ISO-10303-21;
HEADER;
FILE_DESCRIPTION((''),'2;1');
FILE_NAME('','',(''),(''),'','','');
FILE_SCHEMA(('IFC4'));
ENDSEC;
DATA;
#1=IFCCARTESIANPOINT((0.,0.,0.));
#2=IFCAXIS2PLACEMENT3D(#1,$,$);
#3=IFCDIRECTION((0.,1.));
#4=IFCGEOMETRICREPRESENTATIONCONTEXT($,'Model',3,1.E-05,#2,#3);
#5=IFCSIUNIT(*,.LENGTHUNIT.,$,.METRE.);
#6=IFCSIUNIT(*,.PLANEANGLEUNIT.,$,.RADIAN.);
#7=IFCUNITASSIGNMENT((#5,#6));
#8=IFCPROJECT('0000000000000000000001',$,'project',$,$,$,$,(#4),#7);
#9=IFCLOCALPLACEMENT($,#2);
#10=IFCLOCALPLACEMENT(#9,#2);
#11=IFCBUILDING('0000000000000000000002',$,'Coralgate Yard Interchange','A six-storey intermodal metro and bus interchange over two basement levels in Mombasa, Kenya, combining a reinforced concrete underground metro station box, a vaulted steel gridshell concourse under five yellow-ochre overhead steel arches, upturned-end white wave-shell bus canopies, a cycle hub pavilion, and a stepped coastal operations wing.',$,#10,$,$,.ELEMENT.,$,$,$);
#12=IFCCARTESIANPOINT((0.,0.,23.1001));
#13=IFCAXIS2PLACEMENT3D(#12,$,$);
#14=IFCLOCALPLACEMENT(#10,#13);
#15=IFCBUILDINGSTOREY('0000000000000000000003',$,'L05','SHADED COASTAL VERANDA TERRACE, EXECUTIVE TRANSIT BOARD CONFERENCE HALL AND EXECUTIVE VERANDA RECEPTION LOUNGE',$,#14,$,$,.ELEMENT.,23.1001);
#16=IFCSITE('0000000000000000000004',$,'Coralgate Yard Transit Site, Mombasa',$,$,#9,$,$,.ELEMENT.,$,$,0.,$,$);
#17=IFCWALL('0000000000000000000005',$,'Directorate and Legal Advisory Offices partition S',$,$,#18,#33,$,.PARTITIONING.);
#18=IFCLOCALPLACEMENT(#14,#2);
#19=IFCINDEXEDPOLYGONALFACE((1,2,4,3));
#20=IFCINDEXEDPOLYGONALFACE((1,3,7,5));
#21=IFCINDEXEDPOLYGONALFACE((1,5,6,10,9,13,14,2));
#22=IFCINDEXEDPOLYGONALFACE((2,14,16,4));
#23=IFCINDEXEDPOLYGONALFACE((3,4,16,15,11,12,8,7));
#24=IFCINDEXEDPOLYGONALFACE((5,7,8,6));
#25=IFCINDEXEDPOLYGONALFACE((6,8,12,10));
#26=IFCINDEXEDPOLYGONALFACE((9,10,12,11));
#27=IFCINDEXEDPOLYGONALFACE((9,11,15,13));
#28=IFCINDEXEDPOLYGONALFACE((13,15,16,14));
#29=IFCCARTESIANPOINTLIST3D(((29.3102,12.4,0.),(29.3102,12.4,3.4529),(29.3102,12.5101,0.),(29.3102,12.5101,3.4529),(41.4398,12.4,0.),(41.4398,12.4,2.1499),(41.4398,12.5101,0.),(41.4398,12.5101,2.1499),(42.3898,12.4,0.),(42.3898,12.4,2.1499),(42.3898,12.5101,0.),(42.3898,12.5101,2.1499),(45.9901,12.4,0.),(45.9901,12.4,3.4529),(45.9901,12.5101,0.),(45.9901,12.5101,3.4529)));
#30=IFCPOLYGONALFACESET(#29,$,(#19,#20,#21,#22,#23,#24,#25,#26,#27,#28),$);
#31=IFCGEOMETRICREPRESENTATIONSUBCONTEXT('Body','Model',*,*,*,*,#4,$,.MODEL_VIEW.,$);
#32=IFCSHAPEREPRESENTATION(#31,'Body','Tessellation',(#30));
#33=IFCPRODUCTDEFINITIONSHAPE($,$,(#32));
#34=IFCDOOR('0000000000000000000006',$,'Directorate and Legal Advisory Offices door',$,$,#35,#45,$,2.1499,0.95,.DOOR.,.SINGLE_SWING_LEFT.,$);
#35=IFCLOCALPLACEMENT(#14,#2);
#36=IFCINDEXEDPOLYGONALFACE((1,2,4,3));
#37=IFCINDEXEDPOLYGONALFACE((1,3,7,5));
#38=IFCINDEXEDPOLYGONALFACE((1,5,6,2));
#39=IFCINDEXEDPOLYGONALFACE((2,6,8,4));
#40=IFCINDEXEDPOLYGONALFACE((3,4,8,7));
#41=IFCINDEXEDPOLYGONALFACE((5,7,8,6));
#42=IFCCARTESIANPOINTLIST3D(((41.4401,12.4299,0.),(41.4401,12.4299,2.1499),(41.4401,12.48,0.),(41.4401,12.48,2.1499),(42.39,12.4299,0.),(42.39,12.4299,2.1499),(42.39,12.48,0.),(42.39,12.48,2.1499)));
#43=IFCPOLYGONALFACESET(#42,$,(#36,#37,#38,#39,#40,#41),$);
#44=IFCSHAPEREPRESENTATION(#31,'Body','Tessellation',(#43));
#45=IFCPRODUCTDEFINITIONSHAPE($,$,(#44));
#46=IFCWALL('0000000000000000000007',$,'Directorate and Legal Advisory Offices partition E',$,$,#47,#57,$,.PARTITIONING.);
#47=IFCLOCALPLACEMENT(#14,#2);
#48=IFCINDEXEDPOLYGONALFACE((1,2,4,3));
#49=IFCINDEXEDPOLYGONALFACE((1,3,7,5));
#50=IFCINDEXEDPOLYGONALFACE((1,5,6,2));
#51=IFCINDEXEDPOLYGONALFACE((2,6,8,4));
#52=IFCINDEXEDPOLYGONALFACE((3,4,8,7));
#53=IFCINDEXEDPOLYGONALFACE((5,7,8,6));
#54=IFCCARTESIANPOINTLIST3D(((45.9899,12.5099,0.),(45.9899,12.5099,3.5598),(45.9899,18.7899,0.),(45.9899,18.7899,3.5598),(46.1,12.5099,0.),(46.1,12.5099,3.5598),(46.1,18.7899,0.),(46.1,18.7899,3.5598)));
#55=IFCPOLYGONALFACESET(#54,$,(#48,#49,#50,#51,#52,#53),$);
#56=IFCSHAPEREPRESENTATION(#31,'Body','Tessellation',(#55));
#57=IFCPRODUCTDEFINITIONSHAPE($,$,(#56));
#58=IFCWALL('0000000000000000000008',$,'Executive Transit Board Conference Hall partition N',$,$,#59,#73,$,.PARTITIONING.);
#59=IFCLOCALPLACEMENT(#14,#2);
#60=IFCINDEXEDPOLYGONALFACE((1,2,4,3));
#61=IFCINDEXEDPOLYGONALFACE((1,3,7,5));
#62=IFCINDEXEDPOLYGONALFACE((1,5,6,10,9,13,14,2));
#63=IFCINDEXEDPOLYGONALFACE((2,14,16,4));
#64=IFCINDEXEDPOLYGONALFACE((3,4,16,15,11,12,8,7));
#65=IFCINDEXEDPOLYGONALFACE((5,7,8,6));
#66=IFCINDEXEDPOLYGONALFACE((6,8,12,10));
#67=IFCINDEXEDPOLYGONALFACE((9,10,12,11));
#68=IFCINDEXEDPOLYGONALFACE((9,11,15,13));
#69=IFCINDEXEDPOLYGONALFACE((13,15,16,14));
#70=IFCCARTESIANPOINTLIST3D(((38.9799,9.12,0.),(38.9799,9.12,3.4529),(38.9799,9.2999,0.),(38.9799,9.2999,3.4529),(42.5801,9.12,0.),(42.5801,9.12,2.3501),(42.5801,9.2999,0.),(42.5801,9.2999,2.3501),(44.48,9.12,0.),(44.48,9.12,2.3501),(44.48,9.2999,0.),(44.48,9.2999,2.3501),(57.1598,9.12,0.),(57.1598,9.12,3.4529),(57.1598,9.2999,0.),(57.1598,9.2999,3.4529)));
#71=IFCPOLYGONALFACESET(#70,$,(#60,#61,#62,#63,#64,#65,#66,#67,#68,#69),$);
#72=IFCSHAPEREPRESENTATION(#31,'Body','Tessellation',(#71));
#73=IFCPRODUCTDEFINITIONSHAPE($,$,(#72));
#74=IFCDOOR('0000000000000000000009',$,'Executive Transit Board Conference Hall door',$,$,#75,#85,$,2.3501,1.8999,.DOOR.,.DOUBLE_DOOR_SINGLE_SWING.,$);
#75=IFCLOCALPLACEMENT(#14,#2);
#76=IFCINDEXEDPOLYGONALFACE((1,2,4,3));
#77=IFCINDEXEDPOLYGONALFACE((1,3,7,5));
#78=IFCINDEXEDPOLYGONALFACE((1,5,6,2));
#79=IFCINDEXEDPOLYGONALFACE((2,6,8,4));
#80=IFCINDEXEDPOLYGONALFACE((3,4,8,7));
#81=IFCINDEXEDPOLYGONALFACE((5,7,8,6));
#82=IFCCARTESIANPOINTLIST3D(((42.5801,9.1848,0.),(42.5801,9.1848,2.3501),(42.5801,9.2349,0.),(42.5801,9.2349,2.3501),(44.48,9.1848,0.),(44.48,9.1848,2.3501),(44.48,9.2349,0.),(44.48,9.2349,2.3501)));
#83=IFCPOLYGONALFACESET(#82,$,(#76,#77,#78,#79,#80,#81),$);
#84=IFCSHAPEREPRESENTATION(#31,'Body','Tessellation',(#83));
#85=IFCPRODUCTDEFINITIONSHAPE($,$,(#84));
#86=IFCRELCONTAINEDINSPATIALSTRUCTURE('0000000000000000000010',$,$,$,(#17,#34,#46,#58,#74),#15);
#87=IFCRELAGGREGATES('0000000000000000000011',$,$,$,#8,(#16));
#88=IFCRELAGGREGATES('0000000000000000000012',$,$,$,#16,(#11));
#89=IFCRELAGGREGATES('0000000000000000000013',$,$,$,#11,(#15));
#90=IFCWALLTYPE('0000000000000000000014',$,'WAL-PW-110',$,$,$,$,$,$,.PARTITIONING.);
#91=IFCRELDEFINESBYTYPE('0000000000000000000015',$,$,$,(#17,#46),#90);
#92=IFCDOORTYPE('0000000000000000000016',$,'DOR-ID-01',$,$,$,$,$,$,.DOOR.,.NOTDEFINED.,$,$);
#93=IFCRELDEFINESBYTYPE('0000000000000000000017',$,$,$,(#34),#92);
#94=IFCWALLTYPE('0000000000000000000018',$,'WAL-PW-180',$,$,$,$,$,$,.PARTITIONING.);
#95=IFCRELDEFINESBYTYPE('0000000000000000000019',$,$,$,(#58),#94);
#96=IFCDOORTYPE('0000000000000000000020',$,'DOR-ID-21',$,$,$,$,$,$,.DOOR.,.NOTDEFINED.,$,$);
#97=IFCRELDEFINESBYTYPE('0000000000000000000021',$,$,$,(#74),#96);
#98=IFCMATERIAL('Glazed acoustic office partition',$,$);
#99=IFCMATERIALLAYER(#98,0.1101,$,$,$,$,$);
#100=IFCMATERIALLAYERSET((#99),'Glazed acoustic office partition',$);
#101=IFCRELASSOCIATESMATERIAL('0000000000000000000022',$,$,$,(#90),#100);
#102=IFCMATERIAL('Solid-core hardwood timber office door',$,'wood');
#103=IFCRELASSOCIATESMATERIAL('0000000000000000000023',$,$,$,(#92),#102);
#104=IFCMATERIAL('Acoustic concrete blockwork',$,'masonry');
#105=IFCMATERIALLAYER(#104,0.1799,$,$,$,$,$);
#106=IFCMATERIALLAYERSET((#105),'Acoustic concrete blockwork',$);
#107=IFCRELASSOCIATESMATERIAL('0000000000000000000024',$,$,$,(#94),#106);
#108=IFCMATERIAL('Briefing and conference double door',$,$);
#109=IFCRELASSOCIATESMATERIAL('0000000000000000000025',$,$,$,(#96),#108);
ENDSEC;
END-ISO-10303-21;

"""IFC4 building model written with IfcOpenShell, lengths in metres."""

from ifc_helpers import new_model, si_unit, direction, frame, frame_2d, origin, place, context, subcontext, project, spatial, rectangle, extrude, material, layer, layer_set, type_object, element, fill, save


model = new_model("IFC4")

# Units and contexts
model_context = context("Model", 3, precision=1e-05, world=origin(), true_north=direction((0.0, 1.0)))
body_context = subcontext(model_context, "Body", "Model", "MODEL_VIEW")
ifc_project = project(units=[si_unit("LENGTHUNIT", "METRE"), si_unit("PLANEANGLEUNIT", "RADIAN")], contexts=[model_context])

# Site, building, storey
site_placement = place(None, origin())
site = spatial("IfcSite", under=ifc_project, at=site_placement, Name="Coralgate Yard Transit Site, Mombasa", CompositionType="ELEMENT", RefElevation=0.0)
building_placement = place(site_placement, origin())
building = spatial("IfcBuilding", under=site, at=building_placement, Name="Coralgate Yard Interchange", Description="A six-storey intermodal metro and bus interchange over two basement levels in Mombasa, Kenya, combining a reinforced concrete underground metro station box, a vaulted steel gridshell concourse under five yellow-ochre overhead steel arches, upturned-end white wave-shell bus canopies, a cycle hub pavilion, and a stepped coastal operations wing.", CompositionType="ELEMENT")
storey_placement = place(building_placement, frame((0.0, 0.0, 23.1001)))
storey = spatial("IfcBuildingStorey", under=building, at=storey_placement, Name="L05", Description="SHADED COASTAL VERANDA TERRACE, EXECUTIVE TRANSIT BOARD CONFERENCE HALL AND EXECUTIVE VERANDA RECEPTION LOUNGE", CompositionType="ELEMENT", Elevation=23.1001)

# Wall, opening, door
ifc_material_1 = material(Name="Glazed acoustic office partition")
ifc_layer_1 = layer(ifc_material_1, 0.1101)
ifc_layer_set_1 = layer_set([ifc_layer_1], Name="Glazed acoustic office partition")
wall_type_1 = type_object("IfcWallType", Name="WAL-PW-110", PredefinedType="PARTITIONING", material=ifc_layer_set_1)
wall_1_placement = place(storey_placement, frame((45.99, 12.4551, 0.0), z_axis=(0.0, 0.0, 1.0), x_axis=(-1.0, 0.0, 0.0)))
wall_1 = element("IfcWall", 1, at=wall_1_placement, inside=storey, type_object=wall_type_1, Name="Directorate and Legal Advisory Offices partition S", PredefinedType="PARTITIONING", context=body_context, shape_type="SweptSolid", body=[
    extrude(rectangle(XDim=16.6799, YDim=0.1101, at=frame_2d((8.3398, 0.0))), origin(), (0.0, 0.0, 1.0), 3.4529),
])
opening_1_placement = place(wall_1_placement, frame((3.6001, 0.0, 0.0)))
opening_1 = element("IfcOpeningElement", 2, at=opening_1_placement, cuts=wall_1, PredefinedType="OPENING", context=body_context, shape_type="SweptSolid", body=[
    extrude(rectangle(XDim=0.95, YDim=2.1499, at=frame_2d((0.4751, 1.075))), frame((0.0, 0.0649, 0.0), z_axis=(0.0, -1.0, 0.0), x_axis=(1.0, 0.0, 0.0)), (0.0, 0.0, 1.0), 0.1301),
])
ifc_material_2 = material(Name="Solid-core hardwood timber office door", Category="wood")
door_type_1 = type_object("IfcDoorType", Name="DOR-ID-01", OperationType="NOTDEFINED", PredefinedType="DOOR", material=ifc_material_2)
door_1_placement = place(opening_1_placement, frame((0.95, 0.0, 0.0), z_axis=(0.0, 0.0, 1.0), x_axis=(-1.0, 0.0, 0.0)))
door_1 = element("IfcDoor", 3, at=door_1_placement, inside=storey, type_object=door_type_1, Name="Directorate and Legal Advisory Offices door", OperationType="SINGLE_SWING_LEFT", OverallHeight=2.1499, OverallWidth=0.95, PredefinedType="DOOR", context=body_context, shape_type="SweptSolid", body=[
    extrude(rectangle(XDim=0.95, YDim=2.1499, at=frame_2d((0.4751, 1.075))), frame((0.0, 0.0249, 0.0), z_axis=(0.0, -1.0, 0.0), x_axis=(1.0, 0.0, 0.0)), (0.0, 0.0, 1.0), 0.05),
])
fill(opening_1, door_1)

# Wall
wall_2_placement = place(storey_placement, frame((46.0449, 18.79, 0.0), z_axis=(0.0, 0.0, 1.0), x_axis=(0.0, -1.0, 0.0)))
element("IfcWall", 4, at=wall_2_placement, inside=storey, type_object=wall_type_1, Name="Directorate and Legal Advisory Offices partition E", PredefinedType="PARTITIONING", context=body_context, shape_type="SweptSolid", body=[
    extrude(rectangle(XDim=6.28, YDim=0.1101, at=frame_2d((3.1401, 0.0))), origin(), (0.0, 0.0, 1.0), 3.5598),
])

# Wall, opening, door
ifc_material_3 = material(Name="Acoustic concrete blockwork", Category="masonry")
ifc_layer_2 = layer(ifc_material_3, 0.1799)
ifc_layer_set_2 = layer_set([ifc_layer_2], Name="Acoustic concrete blockwork")
wall_type_2 = type_object("IfcWallType", Name="WAL-PW-180", PredefinedType="PARTITIONING", material=ifc_layer_set_2)
wall_3_placement = place(storey_placement, frame((38.98, 9.21, 0.0), z_axis=(0.0, 0.0, 1.0), x_axis=(1.0, 0.0, 0.0)))
wall_3 = element("IfcWall", 5, at=wall_3_placement, inside=storey, type_object=wall_type_2, Name="Executive Transit Board Conference Hall partition N", PredefinedType="PARTITIONING", context=body_context, shape_type="SweptSolid", body=[
    extrude(rectangle(XDim=18.1799, YDim=0.1799, at=frame_2d((9.0898, 0.0))), origin(), (0.0, 0.0, 1.0), 3.4529),
])
opening_2_placement = place(wall_3_placement, frame((3.6001, 0.0, 0.0)))
opening_2 = element("IfcOpeningElement", 6, at=opening_2_placement, cuts=wall_3, PredefinedType="OPENING", context=body_context, shape_type="SweptSolid", body=[
    extrude(rectangle(XDim=1.8999, YDim=2.3501, at=frame_2d((0.95, 1.175))), frame((0.0, 0.0999, 0.0), z_axis=(0.0, -1.0, 0.0), x_axis=(1.0, 0.0, 0.0)), (0.0, 0.0, 1.0), 0.2),
])
ifc_material_4 = material(Name="Briefing and conference double door")
door_type_2 = type_object("IfcDoorType", Name="DOR-ID-21", OperationType="NOTDEFINED", PredefinedType="DOOR", material=ifc_material_4)
door_2_placement = place(opening_2_placement, origin())
door_2 = element("IfcDoor", 7, at=door_2_placement, inside=storey, type_object=door_type_2, Name="Executive Transit Board Conference Hall door", OperationType="DOUBLE_DOOR_SINGLE_SWING", OverallHeight=2.3501, OverallWidth=1.8999, PredefinedType="DOOR", context=body_context, shape_type="SweptSolid", body=[
    extrude(rectangle(XDim=1.8999, YDim=2.3501, at=frame_2d((0.95, 1.175))), frame((0.0, 0.0249, 0.0), z_axis=(0.0, -1.0, 0.0), x_axis=(1.0, 0.0, 0.0)), (0.0, 0.0, 1.0), 0.05),
])
fill(opening_2, door_2)

save(model, "model.ifc")
